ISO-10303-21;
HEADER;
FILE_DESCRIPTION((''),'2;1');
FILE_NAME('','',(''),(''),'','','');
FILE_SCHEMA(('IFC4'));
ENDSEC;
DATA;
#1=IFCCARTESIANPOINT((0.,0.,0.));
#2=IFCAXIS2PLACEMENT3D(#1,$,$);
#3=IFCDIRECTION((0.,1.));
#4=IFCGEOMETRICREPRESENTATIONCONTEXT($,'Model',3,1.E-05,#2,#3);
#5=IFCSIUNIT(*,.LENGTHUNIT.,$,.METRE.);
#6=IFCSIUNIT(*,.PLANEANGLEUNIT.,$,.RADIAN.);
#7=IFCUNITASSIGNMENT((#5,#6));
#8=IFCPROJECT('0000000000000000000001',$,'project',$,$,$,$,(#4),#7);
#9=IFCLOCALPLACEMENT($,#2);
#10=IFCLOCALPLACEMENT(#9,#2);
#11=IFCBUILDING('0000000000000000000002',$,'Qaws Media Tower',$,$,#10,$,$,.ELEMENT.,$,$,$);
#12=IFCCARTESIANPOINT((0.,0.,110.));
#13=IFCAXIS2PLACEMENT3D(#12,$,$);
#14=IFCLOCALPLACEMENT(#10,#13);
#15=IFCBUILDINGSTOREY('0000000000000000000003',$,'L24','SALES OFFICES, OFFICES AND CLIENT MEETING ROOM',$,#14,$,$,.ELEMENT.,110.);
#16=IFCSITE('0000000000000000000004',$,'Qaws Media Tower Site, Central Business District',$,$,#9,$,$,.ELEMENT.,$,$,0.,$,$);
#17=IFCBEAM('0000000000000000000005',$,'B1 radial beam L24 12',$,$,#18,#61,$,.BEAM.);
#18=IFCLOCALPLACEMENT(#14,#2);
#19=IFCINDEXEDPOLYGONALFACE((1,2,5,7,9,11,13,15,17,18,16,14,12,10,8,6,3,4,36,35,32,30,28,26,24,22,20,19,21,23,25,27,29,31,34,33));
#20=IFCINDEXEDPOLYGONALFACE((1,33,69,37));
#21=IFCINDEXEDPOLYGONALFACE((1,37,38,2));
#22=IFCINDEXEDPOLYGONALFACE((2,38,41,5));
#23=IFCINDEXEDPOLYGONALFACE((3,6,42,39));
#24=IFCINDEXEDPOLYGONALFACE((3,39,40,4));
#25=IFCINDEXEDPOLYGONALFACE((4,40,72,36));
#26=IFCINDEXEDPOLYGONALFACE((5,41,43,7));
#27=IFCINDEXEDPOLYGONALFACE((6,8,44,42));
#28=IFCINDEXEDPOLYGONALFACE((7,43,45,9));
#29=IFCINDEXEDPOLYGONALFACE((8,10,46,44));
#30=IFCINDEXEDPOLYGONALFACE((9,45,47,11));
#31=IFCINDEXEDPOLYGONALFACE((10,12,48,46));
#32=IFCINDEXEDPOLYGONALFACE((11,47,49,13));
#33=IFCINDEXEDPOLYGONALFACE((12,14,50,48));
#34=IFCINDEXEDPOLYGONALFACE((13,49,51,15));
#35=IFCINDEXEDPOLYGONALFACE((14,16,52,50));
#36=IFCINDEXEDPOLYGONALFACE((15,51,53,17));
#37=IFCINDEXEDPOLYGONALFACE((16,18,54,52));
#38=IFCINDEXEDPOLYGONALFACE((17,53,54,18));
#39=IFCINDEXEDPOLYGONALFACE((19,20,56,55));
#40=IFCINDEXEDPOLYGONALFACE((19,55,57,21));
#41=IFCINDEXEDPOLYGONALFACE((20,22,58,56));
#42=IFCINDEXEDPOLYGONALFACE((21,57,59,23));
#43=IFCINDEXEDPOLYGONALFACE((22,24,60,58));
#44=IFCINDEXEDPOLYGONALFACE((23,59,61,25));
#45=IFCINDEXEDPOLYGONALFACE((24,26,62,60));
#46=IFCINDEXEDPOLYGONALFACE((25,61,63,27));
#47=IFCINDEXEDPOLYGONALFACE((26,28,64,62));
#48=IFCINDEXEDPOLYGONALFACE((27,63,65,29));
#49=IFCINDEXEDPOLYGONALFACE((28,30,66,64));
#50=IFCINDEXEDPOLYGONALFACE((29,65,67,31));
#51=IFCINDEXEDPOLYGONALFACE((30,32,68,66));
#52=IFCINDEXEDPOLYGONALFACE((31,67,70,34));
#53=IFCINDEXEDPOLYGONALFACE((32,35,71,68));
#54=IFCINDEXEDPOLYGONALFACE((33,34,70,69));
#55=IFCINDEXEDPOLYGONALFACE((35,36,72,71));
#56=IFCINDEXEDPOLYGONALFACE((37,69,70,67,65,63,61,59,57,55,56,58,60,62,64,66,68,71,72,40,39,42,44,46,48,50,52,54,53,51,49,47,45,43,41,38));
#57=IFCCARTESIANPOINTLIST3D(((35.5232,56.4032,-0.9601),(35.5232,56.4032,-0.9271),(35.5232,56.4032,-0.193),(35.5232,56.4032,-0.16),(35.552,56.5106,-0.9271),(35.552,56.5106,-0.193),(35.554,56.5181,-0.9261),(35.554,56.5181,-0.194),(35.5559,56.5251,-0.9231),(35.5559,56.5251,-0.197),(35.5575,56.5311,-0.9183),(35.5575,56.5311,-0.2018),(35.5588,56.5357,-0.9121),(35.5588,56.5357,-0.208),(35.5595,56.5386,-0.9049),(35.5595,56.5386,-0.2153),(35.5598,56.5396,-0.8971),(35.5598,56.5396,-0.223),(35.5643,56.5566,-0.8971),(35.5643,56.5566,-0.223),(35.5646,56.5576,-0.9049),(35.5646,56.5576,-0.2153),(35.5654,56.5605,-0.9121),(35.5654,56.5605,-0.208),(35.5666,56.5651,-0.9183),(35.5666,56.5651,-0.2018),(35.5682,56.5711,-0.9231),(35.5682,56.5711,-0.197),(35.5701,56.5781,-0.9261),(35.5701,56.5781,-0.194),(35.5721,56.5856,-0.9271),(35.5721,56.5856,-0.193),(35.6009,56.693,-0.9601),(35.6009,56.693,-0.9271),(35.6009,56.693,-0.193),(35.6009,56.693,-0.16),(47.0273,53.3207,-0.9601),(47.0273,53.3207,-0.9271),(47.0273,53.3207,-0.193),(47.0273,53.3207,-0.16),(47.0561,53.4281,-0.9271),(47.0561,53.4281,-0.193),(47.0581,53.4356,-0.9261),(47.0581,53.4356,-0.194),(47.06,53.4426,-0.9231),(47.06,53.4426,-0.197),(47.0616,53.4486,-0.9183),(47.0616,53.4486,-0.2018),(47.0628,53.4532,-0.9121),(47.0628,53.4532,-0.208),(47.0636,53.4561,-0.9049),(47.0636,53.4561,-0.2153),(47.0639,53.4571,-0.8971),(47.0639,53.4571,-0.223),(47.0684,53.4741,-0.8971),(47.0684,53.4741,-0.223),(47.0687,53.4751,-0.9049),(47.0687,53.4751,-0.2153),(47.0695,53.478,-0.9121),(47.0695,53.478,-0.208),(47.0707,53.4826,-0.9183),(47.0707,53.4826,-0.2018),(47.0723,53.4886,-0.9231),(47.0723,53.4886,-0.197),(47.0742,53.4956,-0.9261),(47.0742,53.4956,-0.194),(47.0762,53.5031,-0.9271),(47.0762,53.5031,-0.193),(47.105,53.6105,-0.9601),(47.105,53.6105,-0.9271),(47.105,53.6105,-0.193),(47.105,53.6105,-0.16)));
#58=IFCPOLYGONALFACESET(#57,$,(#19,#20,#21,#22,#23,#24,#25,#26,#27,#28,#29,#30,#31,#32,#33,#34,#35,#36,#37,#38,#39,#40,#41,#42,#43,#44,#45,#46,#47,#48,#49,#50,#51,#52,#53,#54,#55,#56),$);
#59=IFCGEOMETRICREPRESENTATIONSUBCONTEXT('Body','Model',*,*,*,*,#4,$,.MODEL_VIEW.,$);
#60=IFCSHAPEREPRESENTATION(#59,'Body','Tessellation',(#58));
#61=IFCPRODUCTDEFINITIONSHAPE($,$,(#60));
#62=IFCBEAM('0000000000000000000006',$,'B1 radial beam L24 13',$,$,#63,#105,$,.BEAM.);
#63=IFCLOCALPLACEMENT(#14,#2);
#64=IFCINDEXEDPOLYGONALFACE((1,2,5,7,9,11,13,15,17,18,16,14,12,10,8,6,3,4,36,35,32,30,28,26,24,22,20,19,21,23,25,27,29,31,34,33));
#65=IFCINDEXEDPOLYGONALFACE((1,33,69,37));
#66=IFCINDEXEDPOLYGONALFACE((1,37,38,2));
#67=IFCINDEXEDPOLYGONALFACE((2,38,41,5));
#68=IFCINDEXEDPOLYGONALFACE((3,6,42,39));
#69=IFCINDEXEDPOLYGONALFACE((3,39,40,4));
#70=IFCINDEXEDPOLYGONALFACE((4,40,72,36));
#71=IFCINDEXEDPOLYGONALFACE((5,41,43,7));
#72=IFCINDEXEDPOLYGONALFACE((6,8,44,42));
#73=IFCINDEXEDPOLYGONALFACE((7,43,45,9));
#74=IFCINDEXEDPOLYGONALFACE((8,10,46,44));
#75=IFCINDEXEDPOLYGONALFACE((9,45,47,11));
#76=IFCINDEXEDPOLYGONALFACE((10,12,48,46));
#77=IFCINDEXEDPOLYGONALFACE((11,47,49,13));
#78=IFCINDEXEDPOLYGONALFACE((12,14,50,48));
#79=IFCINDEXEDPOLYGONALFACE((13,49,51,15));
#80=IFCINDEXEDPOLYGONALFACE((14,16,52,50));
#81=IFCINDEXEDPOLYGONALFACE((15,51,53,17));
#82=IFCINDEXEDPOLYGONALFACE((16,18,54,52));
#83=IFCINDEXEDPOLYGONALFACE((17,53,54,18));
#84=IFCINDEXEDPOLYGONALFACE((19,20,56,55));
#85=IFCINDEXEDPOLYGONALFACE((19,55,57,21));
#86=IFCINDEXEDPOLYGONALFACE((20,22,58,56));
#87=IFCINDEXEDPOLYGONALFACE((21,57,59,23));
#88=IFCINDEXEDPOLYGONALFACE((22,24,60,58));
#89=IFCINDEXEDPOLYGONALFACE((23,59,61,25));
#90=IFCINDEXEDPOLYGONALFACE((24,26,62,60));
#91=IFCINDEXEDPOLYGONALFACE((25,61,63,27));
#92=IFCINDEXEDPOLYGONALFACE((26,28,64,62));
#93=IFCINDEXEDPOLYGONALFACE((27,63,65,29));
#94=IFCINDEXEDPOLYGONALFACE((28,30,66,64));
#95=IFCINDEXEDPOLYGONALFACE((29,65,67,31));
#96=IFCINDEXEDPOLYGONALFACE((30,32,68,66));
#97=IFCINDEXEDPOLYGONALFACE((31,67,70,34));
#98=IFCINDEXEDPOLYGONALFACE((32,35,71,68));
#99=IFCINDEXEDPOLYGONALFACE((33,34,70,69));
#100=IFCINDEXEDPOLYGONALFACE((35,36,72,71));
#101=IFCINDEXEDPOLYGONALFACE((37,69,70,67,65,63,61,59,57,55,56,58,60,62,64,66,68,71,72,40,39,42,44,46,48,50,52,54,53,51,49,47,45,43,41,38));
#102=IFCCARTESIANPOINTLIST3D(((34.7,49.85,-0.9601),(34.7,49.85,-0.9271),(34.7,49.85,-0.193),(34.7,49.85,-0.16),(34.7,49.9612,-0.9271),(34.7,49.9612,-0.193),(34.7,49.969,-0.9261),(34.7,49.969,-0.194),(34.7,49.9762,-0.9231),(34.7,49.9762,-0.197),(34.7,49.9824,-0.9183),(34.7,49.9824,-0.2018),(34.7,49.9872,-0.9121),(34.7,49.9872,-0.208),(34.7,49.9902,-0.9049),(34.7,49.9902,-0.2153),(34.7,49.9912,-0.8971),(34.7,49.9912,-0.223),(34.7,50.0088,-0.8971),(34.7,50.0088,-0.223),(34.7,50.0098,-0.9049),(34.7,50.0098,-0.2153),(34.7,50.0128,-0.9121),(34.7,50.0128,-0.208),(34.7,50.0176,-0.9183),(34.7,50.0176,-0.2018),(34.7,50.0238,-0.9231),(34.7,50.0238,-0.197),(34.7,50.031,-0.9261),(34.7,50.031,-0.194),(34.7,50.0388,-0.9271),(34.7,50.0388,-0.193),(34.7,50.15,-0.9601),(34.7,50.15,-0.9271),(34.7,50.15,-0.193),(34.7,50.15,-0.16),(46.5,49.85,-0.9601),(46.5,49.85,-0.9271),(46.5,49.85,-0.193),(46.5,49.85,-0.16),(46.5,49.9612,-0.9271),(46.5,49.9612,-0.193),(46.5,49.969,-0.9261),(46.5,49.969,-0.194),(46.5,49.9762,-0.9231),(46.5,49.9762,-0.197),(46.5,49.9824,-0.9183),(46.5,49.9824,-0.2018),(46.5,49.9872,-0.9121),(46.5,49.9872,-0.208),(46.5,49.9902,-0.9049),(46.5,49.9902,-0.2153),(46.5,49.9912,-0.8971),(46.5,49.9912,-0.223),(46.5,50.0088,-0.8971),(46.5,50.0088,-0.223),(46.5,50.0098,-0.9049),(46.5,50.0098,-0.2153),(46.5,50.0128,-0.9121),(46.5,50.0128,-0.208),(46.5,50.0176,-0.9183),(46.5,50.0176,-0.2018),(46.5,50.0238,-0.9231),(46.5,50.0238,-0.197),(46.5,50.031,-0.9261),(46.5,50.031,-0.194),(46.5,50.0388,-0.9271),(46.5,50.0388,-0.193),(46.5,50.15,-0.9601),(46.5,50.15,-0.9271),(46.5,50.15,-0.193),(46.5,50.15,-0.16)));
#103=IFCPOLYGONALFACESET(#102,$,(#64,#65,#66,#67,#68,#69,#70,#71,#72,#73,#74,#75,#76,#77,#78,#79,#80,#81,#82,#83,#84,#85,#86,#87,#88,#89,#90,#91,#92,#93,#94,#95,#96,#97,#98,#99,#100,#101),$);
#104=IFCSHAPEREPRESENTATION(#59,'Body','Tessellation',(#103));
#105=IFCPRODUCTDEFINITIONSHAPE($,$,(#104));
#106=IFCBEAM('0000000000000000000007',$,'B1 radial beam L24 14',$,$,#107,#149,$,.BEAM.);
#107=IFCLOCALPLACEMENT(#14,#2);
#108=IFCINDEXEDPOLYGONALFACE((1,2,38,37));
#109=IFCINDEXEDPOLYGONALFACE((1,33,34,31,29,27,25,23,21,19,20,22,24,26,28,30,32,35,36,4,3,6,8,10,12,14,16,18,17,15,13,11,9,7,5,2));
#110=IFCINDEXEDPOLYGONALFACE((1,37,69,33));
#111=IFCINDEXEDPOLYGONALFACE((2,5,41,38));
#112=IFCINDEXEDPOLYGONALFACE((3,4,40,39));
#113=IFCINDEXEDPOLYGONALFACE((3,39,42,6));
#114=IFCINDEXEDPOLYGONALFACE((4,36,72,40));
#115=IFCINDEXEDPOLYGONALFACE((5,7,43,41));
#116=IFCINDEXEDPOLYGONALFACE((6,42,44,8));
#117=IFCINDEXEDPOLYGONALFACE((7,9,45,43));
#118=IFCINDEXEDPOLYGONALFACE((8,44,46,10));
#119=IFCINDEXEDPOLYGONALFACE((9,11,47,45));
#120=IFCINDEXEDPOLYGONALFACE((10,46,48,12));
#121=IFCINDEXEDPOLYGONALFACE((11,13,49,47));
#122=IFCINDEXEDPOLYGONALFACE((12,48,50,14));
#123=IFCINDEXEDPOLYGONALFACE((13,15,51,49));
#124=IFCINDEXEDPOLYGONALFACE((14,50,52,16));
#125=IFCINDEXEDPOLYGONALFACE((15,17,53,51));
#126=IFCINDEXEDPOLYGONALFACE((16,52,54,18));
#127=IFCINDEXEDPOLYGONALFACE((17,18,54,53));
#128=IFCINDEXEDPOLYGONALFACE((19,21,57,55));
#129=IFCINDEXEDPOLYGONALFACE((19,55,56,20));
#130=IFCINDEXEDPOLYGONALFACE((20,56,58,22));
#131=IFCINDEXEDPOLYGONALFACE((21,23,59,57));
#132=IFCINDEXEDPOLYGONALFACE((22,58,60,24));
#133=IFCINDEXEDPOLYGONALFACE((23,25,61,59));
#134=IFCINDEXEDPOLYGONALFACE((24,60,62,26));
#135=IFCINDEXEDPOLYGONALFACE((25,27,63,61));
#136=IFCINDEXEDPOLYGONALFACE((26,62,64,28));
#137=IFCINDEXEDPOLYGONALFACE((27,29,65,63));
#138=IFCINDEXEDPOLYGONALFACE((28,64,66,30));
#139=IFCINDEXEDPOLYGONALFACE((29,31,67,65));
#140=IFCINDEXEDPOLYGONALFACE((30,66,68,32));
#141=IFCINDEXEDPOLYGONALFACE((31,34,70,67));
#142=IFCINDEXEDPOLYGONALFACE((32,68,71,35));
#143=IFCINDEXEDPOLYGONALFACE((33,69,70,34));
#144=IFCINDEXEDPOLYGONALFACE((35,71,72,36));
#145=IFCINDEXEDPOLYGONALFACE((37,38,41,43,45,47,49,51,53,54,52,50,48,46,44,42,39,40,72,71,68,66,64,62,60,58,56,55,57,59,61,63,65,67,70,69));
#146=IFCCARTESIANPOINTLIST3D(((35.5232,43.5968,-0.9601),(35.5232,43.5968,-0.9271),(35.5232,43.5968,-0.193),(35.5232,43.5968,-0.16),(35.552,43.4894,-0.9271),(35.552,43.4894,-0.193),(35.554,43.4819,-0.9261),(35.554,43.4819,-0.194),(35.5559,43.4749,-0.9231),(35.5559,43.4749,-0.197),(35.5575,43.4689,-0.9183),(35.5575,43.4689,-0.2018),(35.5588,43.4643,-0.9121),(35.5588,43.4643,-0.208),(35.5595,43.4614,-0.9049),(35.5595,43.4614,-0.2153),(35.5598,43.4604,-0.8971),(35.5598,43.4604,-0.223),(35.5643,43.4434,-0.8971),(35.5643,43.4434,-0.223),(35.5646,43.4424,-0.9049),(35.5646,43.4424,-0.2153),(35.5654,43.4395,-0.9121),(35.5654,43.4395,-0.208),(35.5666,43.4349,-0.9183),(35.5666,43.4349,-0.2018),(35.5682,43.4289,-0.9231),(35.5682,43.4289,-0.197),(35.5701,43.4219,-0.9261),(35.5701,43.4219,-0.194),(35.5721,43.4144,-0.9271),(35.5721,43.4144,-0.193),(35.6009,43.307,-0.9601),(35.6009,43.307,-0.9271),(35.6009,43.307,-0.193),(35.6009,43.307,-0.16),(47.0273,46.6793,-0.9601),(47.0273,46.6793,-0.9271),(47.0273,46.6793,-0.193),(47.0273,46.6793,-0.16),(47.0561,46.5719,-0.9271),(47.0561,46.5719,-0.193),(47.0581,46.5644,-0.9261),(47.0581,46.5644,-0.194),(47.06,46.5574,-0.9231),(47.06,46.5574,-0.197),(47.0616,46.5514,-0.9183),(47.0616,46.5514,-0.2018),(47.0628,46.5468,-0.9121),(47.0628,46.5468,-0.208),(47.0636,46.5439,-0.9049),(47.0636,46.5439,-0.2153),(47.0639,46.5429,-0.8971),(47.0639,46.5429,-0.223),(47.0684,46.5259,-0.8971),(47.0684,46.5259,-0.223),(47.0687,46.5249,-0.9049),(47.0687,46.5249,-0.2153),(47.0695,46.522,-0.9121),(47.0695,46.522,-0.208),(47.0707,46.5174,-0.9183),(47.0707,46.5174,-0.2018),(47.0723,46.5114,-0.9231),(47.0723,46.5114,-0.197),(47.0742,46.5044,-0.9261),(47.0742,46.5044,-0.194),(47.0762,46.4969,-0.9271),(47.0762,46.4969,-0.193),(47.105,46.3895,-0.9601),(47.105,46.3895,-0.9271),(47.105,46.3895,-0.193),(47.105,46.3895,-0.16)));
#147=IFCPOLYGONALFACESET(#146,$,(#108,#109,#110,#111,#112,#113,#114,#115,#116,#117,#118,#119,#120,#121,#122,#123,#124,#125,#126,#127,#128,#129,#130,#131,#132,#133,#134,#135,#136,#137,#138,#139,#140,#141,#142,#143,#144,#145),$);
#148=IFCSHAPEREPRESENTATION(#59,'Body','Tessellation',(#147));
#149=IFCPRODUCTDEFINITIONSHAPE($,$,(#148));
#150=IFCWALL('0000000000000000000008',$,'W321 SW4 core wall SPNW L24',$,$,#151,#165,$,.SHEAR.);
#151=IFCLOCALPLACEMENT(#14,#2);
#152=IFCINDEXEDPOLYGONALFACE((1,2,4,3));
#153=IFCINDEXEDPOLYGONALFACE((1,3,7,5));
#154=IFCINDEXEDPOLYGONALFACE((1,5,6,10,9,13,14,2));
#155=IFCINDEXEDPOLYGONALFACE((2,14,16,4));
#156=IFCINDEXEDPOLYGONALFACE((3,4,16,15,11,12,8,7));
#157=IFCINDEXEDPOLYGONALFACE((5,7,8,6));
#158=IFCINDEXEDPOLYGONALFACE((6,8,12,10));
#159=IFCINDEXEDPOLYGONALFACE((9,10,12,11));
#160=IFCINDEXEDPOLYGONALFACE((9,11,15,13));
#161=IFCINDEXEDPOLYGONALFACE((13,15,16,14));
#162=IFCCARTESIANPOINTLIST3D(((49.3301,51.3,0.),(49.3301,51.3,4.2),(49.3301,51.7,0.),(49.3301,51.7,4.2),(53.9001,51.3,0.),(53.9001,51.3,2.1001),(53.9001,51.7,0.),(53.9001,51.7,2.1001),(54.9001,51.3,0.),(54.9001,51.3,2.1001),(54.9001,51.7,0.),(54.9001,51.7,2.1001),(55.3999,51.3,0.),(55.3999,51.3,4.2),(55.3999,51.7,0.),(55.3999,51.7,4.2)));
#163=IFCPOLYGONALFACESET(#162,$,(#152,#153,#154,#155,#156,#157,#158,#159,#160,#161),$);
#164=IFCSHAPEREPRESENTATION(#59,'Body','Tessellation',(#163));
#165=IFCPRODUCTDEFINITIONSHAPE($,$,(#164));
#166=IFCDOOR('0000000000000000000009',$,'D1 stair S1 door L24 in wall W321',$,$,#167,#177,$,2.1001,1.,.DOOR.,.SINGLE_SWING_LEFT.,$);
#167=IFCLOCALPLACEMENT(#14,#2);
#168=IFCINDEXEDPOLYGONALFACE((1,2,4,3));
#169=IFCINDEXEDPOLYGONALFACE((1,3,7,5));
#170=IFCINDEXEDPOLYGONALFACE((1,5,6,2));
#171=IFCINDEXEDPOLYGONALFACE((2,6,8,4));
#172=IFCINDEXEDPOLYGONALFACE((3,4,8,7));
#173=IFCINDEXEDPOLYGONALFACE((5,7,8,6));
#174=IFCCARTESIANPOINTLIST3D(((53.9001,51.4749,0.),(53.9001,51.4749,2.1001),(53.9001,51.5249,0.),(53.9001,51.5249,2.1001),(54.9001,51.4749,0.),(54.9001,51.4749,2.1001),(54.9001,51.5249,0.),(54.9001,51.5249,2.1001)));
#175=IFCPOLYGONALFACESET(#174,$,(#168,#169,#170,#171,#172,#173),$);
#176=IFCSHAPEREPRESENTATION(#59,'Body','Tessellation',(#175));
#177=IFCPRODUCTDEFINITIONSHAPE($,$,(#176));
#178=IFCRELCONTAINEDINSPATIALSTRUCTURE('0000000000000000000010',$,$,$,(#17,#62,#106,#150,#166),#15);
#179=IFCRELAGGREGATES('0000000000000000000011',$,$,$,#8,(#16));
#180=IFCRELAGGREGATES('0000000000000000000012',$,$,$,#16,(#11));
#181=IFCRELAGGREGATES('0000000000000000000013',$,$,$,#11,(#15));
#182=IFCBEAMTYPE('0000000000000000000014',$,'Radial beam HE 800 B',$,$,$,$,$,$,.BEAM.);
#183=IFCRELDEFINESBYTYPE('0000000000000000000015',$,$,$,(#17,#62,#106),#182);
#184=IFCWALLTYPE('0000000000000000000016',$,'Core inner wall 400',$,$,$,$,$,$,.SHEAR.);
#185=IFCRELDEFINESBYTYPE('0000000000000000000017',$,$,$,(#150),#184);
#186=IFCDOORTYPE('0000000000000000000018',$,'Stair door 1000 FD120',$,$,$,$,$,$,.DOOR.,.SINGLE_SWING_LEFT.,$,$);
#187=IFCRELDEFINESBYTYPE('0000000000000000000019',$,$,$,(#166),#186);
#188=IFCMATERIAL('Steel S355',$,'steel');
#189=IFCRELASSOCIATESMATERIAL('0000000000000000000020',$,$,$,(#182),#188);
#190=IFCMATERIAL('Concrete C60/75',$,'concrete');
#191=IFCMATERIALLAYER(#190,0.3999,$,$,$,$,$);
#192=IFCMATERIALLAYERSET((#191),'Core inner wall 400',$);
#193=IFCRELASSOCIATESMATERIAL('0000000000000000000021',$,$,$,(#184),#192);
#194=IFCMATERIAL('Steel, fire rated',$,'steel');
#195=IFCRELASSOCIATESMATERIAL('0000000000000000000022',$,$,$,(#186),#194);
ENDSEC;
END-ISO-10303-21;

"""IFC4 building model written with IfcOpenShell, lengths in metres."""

from ifc_helpers import new_model, si_unit, direction, frame, frame_2d, origin, origin_2d, place, context, subcontext, project, spatial, rectangle, i_section, extrude, material, layer, layer_set, material_profile, profile_set, type_object, element, fill, save


model = new_model("IFC4")

# Units and contexts
model_context = context("Model", 3, precision=1e-05, world=origin(), true_north=direction((0.0, 1.0)))
body_context = subcontext(model_context, "Body", "Model", "MODEL_VIEW")
ifc_project = project(units=[si_unit("LENGTHUNIT", "METRE"), si_unit("PLANEANGLEUNIT", "RADIAN")], contexts=[model_context])

# Site, building, storey
site_placement = place(None, origin())
site = spatial("IfcSite", under=ifc_project, at=site_placement, Name="Qaws Media Tower Site, Central Business District", CompositionType="ELEMENT", RefElevation=0.0)
building_placement = place(site_placement, origin())
building = spatial("IfcBuilding", under=site, at=building_placement, Name="Qaws Media Tower", CompositionType="ELEMENT")
storey_placement = place(building_placement, frame((0.0, 0.0, 110.0)))
storey = spatial("IfcBuildingStorey", under=building, at=storey_placement, Name="L24", Description="SALES OFFICES, OFFICES AND CLIENT MEETING ROOM", CompositionType="ELEMENT", Elevation=110.0)

# Beams
ifc_material_1 = material(Name="Steel S355", Category="steel")
ifc_material_profile_1 = material_profile(ifc_material_1, i_section(OverallWidth=0.3, OverallDepth=0.8, WebThickness=0.0176, FlangeThickness=0.033, FilletRadius=0.03, at=origin_2d()), Name="HE 800 B")
ifc_profile_set_1 = profile_set([ifc_material_profile_1], Name="Steel S355")
beam_type_1 = type_object("IfcBeamType", Name="Radial beam HE 800 B", PredefinedType="BEAM", material=ifc_profile_set_1)
beam_1_placement = place(storey_placement, frame((47.0662, 53.4656, -0.5601), z_axis=(-0.965926, 0.258818, 0.0), x_axis=(-0.258818, -0.965926, 0.0)))
element("IfcBeam", 1, at=beam_1_placement, inside=storey, type_object=beam_type_1, Name="B1 radial beam L24 12", PredefinedType="BEAM", context=body_context, shape_type="SweptSolid", body=[
    extrude(i_section(OverallWidth=0.3, OverallDepth=0.8, WebThickness=0.0176, FlangeThickness=0.033, FilletRadius=0.03, at=origin_2d()), origin(), (0.0, 0.0, 1.0), 11.9099),
])
beam_2_placement = place(storey_placement, frame((46.5, 50.0, -0.5601), z_axis=(-1.0, 0.0, 0.0), x_axis=(0.0, -1.0, 0.0)))
element("IfcBeam", 2, at=beam_2_placement, inside=storey, type_object=beam_type_1, Name="B1 radial beam L24 13", PredefinedType="BEAM", context=body_context, shape_type="SweptSolid", body=[
    extrude(i_section(OverallWidth=0.3, OverallDepth=0.8, WebThickness=0.0176, FlangeThickness=0.033, FilletRadius=0.03, at=origin_2d()), origin(), (0.0, 0.0, 1.0), 11.8),
])
beam_3_placement = place(storey_placement, frame((47.0662, 46.5344, -0.5601), z_axis=(-0.965926, -0.258818, 0.0), x_axis=(0.258818, -0.965926, 0.0)))
element("IfcBeam", 3, at=beam_3_placement, inside=storey, type_object=beam_type_1, Name="B1 radial beam L24 14", PredefinedType="BEAM", context=body_context, shape_type="SweptSolid", body=[
    extrude(i_section(OverallWidth=0.3, OverallDepth=0.8, WebThickness=0.0176, FlangeThickness=0.033, FilletRadius=0.03, at=origin_2d()), origin(), (0.0, 0.0, 1.0), 11.9099),
])

# Wall, opening, door
ifc_material_2 = material(Name="Concrete C60/75", Category="concrete")
ifc_layer_1 = layer(ifc_material_2, 0.3999)
ifc_layer_set_1 = layer_set([ifc_layer_1], Name="Core inner wall 400")
wall_type_1 = type_object("IfcWallType", Name="Core inner wall 400", PredefinedType="SHEAR", material=ifc_layer_set_1)
wall_1_placement = place(storey_placement, frame((49.3301, 51.5, 0.0), z_axis=(0.0, 0.0, 1.0), x_axis=(1.0, 0.0, 0.0)))
wall_1 = element("IfcWall", 4, at=wall_1_placement, inside=storey, type_object=wall_type_1, Name="W321 SW4 core wall SPNW L24", PredefinedType="SHEAR", context=body_context, shape_type="SweptSolid", body=[
    extrude(rectangle(XDim=6.0698, YDim=0.3999, at=frame_2d((3.0349, 0.0))), origin(), (0.0, 0.0, 1.0), 4.2),
])
opening_1_placement = place(wall_1_placement, frame((4.5701, 0.0, 0.0)))
opening_1 = element("IfcOpeningElement", 5, at=opening_1_placement, cuts=wall_1, PredefinedType="OPENING", context=body_context, shape_type="SweptSolid", body=[
    extrude(rectangle(XDim=1.0, YDim=2.1001, at=frame_2d((0.5, 1.05))), frame((0.0, 0.21, 0.0), z_axis=(0.0, -1.0, 0.0), x_axis=(1.0, 0.0, 0.0)), (0.0, 0.0, 1.0), 0.4199),
])
ifc_material_3 = material(Name="Steel, fire rated", Category="steel")
door_type_1 = type_object("IfcDoorType", Name="Stair door 1000 FD120", OperationType="SINGLE_SWING_LEFT", PredefinedType="DOOR", material=ifc_material_3)
door_1_placement = place(opening_1_placement, origin())
door_1 = element("IfcDoor", 6, at=door_1_placement, inside=storey, type_object=door_type_1, Name="D1 stair S1 door L24 in wall W321", OperationType="SINGLE_SWING_LEFT", OverallHeight=2.1001, OverallWidth=1.0, PredefinedType="DOOR", context=body_context, shape_type="SweptSolid", body=[
    extrude(rectangle(XDim=1.0, YDim=2.1001, at=frame_2d((0.5, 1.05))), frame((0.0, 0.0249, 0.0), z_axis=(0.0, -1.0, 0.0), x_axis=(1.0, 0.0, 0.0)), (0.0, 0.0, 1.0), 0.05),
])
fill(opening_1, door_1)

save(model, "model.ifc")
